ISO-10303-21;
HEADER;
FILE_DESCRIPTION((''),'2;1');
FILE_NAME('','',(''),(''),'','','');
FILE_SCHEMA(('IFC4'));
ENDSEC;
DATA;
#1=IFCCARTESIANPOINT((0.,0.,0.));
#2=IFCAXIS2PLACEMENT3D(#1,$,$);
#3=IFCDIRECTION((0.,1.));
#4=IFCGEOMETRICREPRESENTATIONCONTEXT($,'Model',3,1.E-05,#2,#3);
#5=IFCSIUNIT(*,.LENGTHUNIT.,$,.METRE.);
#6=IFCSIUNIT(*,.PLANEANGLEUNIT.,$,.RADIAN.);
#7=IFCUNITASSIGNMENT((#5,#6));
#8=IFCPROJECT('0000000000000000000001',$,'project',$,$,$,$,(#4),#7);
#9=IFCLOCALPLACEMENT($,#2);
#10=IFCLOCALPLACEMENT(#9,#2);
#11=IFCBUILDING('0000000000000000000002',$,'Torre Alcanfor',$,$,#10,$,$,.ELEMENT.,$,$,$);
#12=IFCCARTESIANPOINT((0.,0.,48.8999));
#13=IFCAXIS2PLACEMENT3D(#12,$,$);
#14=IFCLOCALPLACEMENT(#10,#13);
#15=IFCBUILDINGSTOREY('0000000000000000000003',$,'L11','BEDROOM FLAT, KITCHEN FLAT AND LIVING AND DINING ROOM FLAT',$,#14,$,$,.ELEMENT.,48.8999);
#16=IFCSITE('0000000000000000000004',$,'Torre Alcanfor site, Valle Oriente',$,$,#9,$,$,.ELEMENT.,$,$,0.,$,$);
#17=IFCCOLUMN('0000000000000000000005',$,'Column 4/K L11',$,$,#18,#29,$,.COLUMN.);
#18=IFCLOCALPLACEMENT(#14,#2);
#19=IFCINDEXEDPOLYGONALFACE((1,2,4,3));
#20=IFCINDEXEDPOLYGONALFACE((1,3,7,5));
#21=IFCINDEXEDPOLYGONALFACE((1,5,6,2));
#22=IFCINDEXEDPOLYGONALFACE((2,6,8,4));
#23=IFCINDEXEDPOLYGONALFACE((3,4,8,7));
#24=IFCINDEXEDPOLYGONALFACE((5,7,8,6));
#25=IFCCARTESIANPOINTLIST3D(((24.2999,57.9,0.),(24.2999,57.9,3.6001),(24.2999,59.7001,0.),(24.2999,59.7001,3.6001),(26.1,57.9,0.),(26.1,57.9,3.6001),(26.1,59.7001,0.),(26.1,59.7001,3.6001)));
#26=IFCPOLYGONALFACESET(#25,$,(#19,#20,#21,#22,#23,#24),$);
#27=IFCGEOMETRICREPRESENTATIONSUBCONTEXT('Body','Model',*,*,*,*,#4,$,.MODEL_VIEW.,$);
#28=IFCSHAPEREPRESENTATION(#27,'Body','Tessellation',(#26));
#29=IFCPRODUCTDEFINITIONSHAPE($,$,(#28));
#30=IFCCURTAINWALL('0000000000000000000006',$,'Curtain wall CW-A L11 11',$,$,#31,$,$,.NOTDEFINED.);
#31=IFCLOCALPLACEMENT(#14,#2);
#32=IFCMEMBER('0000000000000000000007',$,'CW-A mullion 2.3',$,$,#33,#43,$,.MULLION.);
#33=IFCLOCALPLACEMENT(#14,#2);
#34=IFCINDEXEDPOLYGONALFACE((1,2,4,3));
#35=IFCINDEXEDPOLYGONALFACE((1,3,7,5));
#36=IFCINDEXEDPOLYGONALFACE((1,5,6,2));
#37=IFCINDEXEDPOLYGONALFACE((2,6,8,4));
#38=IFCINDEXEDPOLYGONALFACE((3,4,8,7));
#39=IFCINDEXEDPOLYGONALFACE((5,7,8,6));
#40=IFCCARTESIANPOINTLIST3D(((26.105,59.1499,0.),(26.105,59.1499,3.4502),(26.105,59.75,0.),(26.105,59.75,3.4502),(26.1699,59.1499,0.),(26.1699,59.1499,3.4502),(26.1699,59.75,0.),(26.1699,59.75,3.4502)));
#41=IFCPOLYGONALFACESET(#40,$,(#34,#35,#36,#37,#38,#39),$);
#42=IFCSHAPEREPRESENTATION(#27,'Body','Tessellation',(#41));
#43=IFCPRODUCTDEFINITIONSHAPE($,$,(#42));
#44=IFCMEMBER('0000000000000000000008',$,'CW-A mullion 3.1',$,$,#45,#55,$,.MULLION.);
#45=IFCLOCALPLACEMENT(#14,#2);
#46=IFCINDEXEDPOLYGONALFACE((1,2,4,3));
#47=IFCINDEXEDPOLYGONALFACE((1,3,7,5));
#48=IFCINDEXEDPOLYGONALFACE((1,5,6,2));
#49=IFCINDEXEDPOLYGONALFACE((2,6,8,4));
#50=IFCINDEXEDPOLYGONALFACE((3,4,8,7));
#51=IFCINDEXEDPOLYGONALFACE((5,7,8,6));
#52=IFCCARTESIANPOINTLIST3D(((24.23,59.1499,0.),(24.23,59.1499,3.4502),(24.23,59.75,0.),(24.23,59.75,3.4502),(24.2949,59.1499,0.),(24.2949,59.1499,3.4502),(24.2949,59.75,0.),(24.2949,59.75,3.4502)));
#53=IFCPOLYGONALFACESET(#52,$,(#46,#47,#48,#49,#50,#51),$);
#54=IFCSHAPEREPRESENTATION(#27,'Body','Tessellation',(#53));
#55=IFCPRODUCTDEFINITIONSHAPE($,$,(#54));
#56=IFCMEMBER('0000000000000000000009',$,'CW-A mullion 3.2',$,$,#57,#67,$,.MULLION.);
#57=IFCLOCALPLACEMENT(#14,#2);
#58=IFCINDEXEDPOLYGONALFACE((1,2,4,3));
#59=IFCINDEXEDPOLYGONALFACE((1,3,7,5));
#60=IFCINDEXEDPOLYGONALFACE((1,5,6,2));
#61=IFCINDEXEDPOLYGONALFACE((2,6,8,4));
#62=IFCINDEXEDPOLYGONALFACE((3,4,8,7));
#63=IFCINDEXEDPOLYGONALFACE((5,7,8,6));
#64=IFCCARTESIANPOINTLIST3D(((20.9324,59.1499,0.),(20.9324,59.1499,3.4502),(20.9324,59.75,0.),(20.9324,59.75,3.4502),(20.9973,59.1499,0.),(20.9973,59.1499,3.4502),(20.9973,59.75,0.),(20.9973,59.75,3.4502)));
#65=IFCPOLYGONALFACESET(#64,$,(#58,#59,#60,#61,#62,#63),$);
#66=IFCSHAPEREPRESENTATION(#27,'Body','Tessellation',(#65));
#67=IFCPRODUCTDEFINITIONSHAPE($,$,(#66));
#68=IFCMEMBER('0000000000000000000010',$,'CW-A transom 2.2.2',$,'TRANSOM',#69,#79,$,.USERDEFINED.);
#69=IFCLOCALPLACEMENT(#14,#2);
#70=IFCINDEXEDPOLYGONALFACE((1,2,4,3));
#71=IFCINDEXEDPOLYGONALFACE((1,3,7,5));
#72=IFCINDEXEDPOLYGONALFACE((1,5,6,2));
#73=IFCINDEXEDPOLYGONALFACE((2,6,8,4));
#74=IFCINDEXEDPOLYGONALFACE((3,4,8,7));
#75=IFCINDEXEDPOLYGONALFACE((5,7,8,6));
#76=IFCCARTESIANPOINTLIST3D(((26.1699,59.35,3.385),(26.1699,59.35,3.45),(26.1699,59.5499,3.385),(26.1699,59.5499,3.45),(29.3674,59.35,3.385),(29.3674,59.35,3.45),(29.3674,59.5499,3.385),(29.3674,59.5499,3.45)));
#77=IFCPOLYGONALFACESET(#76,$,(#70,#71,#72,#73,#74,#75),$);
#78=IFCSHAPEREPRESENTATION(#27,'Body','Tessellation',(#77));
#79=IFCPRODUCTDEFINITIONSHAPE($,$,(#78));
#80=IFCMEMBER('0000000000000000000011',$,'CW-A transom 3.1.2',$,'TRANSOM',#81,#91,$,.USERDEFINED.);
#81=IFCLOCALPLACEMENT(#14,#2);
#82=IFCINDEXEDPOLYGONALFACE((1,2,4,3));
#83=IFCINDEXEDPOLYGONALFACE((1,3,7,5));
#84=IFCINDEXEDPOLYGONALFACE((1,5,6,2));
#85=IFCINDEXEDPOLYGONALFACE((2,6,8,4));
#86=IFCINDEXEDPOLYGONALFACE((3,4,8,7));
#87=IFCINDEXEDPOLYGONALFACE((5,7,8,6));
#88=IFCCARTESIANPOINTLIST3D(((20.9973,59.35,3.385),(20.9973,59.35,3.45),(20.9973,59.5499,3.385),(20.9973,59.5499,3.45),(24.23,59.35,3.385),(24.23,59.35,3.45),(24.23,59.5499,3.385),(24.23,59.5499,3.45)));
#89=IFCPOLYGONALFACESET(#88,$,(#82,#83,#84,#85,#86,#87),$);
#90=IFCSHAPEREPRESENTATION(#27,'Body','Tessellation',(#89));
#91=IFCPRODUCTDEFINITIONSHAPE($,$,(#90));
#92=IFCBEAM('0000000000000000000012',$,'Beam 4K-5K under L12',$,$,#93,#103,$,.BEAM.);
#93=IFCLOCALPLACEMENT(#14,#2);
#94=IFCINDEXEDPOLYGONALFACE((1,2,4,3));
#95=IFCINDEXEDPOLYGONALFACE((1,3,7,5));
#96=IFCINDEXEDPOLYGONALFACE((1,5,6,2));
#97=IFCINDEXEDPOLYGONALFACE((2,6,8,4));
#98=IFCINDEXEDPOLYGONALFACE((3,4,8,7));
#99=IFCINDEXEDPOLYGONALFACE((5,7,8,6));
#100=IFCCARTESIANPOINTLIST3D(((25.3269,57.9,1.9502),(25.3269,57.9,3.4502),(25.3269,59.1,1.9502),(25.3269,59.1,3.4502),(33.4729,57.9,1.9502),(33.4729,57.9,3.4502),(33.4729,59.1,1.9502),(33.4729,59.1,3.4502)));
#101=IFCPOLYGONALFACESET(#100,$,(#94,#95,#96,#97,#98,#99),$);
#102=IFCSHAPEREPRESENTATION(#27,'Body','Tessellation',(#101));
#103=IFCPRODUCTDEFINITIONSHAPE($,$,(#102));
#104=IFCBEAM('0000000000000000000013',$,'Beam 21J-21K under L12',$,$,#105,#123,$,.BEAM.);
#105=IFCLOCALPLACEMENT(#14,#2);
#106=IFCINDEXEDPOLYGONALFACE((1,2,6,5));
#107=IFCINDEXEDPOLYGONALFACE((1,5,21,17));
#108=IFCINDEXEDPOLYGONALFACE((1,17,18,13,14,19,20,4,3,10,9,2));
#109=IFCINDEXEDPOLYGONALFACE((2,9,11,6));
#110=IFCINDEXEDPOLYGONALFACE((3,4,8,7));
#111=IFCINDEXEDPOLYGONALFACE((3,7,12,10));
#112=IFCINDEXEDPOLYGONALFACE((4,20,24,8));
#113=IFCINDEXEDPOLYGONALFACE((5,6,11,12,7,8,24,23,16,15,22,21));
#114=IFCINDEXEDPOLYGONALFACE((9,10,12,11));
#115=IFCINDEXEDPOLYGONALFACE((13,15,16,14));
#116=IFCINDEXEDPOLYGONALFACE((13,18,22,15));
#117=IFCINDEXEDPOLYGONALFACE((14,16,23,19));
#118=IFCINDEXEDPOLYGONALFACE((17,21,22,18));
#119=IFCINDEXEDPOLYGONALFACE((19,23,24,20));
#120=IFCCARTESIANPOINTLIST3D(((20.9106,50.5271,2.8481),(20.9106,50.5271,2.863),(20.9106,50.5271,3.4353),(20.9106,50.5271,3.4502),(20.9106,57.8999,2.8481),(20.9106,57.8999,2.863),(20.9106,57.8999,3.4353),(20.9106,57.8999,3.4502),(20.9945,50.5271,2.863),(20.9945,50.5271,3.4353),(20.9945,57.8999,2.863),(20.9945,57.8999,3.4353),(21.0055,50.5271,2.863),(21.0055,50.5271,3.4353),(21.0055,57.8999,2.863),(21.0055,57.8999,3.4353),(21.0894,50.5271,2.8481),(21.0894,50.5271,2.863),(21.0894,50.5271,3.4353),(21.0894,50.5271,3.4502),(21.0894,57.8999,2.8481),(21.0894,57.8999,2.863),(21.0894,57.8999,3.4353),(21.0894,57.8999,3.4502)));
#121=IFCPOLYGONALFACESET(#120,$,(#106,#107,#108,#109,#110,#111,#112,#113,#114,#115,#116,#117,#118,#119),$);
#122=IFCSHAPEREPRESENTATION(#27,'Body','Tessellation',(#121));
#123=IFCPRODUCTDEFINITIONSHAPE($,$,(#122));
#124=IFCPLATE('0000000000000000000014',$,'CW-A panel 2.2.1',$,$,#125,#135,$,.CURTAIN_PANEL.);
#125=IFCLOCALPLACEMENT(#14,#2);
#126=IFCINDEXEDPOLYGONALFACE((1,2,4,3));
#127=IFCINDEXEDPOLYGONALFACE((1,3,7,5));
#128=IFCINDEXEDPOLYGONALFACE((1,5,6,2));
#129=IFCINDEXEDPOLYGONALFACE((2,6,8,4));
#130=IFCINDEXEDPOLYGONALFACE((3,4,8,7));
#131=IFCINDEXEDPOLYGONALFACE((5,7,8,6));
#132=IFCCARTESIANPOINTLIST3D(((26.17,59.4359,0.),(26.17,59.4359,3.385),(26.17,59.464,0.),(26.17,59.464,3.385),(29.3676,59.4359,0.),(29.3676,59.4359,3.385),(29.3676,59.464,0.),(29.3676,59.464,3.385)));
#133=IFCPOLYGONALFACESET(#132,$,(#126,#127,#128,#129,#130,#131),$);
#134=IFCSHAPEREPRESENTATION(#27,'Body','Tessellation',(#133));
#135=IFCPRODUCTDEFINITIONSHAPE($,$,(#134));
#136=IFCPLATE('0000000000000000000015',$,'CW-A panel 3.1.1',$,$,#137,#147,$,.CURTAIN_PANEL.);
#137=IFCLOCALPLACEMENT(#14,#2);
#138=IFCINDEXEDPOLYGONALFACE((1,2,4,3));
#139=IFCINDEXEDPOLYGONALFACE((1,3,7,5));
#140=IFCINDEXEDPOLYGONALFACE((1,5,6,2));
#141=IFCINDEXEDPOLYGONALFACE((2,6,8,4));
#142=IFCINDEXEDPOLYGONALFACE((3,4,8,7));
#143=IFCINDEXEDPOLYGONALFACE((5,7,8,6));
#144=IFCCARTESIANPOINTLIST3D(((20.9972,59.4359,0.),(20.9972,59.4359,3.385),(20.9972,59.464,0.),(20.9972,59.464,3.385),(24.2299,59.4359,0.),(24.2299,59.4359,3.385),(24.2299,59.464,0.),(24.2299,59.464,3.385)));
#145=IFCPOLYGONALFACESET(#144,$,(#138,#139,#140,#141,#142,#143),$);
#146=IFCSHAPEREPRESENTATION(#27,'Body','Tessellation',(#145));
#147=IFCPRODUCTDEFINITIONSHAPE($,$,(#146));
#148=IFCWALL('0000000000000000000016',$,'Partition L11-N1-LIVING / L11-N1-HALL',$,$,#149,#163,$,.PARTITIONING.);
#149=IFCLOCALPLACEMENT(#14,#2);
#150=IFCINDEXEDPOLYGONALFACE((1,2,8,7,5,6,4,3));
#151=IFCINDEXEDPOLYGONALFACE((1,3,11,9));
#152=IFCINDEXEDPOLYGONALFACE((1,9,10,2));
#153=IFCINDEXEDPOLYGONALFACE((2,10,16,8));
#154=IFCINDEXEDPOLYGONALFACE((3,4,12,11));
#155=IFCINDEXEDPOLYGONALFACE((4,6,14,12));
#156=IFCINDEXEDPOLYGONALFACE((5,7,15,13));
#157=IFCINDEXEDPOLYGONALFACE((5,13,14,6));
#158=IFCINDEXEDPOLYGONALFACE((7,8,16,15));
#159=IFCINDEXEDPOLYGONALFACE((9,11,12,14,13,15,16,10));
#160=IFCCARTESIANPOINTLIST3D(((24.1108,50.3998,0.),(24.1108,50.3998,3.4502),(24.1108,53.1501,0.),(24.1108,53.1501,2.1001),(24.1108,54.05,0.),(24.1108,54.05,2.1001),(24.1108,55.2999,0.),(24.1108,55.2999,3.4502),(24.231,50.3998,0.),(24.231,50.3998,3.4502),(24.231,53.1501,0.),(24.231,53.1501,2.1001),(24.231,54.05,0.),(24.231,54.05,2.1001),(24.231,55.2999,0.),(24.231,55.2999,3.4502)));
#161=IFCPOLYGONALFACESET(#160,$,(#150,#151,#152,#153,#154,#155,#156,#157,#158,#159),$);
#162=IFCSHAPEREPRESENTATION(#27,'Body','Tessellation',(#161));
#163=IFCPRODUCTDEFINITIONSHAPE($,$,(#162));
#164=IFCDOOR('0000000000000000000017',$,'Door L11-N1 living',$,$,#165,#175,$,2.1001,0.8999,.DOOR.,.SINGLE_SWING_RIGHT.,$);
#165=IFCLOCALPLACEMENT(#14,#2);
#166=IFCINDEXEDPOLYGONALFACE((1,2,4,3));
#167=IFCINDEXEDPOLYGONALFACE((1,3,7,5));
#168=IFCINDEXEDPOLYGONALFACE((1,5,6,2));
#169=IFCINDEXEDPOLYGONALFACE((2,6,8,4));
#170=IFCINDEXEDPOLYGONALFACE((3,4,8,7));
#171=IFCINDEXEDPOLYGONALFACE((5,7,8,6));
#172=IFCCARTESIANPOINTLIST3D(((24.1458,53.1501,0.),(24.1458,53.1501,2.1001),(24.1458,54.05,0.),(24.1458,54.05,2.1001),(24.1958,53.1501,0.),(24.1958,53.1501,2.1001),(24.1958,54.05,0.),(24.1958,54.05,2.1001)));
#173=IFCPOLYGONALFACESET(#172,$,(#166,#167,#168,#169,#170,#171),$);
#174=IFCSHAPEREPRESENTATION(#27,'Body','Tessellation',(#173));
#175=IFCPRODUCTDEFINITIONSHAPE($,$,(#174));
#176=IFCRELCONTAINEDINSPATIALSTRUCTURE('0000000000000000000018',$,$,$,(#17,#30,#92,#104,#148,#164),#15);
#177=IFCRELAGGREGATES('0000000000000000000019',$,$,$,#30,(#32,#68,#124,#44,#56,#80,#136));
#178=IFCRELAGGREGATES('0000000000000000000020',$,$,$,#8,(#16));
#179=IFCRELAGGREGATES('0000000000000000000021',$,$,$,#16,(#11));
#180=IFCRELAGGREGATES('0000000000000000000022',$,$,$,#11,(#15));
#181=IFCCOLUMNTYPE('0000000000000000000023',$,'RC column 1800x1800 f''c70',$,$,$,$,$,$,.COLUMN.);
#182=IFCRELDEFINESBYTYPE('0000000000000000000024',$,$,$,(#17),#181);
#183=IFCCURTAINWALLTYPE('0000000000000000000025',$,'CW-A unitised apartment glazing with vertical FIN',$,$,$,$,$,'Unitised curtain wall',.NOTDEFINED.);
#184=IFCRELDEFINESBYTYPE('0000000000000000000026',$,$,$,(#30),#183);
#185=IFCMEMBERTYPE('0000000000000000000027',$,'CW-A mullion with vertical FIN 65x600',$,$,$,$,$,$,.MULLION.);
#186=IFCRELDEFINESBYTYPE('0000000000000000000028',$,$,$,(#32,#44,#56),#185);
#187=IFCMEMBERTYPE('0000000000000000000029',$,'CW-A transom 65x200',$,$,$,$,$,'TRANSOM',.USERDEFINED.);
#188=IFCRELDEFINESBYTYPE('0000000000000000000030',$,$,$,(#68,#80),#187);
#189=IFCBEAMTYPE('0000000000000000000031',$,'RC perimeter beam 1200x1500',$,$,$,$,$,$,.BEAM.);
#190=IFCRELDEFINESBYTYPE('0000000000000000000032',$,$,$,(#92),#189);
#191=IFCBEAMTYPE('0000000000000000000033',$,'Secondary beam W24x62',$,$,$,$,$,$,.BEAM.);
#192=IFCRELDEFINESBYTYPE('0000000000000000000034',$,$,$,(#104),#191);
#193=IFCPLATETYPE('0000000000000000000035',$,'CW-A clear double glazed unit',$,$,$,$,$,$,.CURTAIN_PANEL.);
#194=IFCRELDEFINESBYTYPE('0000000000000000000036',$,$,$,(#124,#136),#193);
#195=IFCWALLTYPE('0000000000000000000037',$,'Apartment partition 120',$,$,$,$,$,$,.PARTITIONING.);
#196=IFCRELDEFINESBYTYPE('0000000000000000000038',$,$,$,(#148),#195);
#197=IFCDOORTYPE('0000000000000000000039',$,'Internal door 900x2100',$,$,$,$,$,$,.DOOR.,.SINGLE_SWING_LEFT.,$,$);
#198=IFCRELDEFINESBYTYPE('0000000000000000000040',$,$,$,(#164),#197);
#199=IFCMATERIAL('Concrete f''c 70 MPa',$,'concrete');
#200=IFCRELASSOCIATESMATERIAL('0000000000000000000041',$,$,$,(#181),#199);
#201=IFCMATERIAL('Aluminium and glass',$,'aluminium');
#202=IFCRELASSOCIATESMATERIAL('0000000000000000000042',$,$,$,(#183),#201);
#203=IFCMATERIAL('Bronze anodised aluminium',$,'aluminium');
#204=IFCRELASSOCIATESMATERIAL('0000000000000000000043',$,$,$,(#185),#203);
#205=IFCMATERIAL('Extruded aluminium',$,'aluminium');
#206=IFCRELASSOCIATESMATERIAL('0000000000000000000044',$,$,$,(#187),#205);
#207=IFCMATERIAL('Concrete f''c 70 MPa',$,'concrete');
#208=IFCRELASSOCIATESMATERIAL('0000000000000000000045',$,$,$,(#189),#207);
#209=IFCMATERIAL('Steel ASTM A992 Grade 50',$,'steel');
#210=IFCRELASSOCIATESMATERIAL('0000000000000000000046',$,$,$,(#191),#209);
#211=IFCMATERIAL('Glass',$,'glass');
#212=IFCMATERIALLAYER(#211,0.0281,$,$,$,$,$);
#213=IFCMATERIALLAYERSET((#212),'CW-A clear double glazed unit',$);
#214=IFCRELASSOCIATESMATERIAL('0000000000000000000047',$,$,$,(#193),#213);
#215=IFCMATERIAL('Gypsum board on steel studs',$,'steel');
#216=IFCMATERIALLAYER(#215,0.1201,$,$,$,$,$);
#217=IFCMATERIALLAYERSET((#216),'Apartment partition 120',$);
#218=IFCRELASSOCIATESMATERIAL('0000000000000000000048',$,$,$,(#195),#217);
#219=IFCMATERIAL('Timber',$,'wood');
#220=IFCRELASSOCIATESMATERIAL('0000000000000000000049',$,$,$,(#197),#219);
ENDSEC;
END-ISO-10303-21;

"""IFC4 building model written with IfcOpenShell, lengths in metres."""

from ifc_helpers import new_model, si_unit, direction, frame, frame_2d, origin, origin_2d, place, context, subcontext, project, spatial, rectangle, i_section, extrude, material, layer, layer_set, material_profile, profile_set, type_object, element, fill, aggregate, save


model = new_model("IFC4")

# Units and contexts
model_context = context("Model", 3, precision=1e-05, world=origin(), true_north=direction((0.0, 1.0)))
body_context = subcontext(model_context, "Body", "Model", "MODEL_VIEW")
ifc_project = project(units=[si_unit("LENGTHUNIT", "METRE"), si_unit("PLANEANGLEUNIT", "RADIAN")], contexts=[model_context])

# Site, building, storey
site_placement = place(None, origin())
site = spatial("IfcSite", under=ifc_project, at=site_placement, Name="Torre Alcanfor site, Valle Oriente", CompositionType="ELEMENT", RefElevation=0.0)
building_placement = place(site_placement, origin())
building = spatial("IfcBuilding", under=site, at=building_placement, Name="Torre Alcanfor", CompositionType="ELEMENT")
storey_placement = place(building_placement, frame((0.0, 0.0, 48.8999)))
storey = spatial("IfcBuildingStorey", under=building, at=storey_placement, Name="L11", Description="BEDROOM FLAT, KITCHEN FLAT AND LIVING AND DINING ROOM FLAT", CompositionType="ELEMENT", Elevation=48.8999)

# Column
ifc_material_1 = material(Name="Concrete f'c 70 MPa", Category="concrete")
ifc_material_profile_1 = material_profile(ifc_material_1, rectangle(XDim=1.8, YDim=1.8, at=origin_2d()), Name="1800x1800")
ifc_profile_set_1 = profile_set([ifc_material_profile_1], Name="Concrete f'c 70 MPa")
column_type = type_object("IfcColumnType", Name="RC column 1800x1800 f'c70", PredefinedType="COLUMN", material=ifc_profile_set_1)
column_placement = place(storey_placement, frame((25.2, 58.8, 0.0), z_axis=(0.0, 0.0, 1.0), x_axis=(1.0, 0.0, 0.0)))
element("IfcColumn", 1, at=column_placement, inside=storey, type_object=column_type, Name="Column 4/K L11", PredefinedType="COLUMN", context=body_context, shape_type="SweptSolid", body=[
    extrude(rectangle(XDim=1.8, YDim=1.8, at=origin_2d()), origin(), (0.0, 0.0, 1.0), 3.6001),
])

# Curtain wall, members
ifc_material_2 = material(Name="Aluminium and glass", Category="aluminium")
curtain_wall_type = type_object("IfcCurtainWallType", Name="CW-A unitised apartment glazing with vertical FIN", ElementType="Unitised curtain wall", PredefinedType="NOTDEFINED", material=ifc_material_2)
curtain_wall_placement = place(storey_placement, origin())
curtain_wall = element("IfcCurtainWall", 2, at=curtain_wall_placement, inside=storey, type_object=curtain_wall_type, Name="Curtain wall CW-A L11 11", PredefinedType="NOTDEFINED")
ifc_material_3 = material(Name="Bronze anodised aluminium", Category="aluminium")
ifc_material_profile_2 = material_profile(ifc_material_3, rectangle(XDim=0.6001, YDim=0.0649, at=origin_2d()), Name="CW-A mullion 65x600")
ifc_profile_set_2 = profile_set([ifc_material_profile_2], Name="Bronze anodised aluminium")
member_type_1 = type_object("IfcMemberType", Name="CW-A mullion with vertical FIN 65x600", PredefinedType="MULLION", material=ifc_profile_set_2)
member_1_placement = place(storey_placement, frame((26.1375, 59.45, 0.0), z_axis=(0.0, 0.0, 1.0), x_axis=(0.0, -1.0, 0.0)))
member_1 = element("IfcMember", 3, at=member_1_placement, type_object=member_type_1, Name="CW-A mullion 2.3", PredefinedType="MULLION", context=body_context, shape_type="SweptSolid", body=[
    extrude(rectangle(XDim=0.6001, YDim=0.0649, at=origin_2d()), origin(), (0.0, 0.0, 1.0), 3.4502),
])
member_2_placement = place(storey_placement, frame((24.2625, 59.45, 0.0), z_axis=(0.0, 0.0, 1.0), x_axis=(0.0, -1.0, 0.0)))
member_2 = element("IfcMember", 4, at=member_2_placement, type_object=member_type_1, Name="CW-A mullion 3.1", PredefinedType="MULLION", context=body_context, shape_type="SweptSolid", body=[
    extrude(rectangle(XDim=0.6001, YDim=0.0649, at=origin_2d()), origin(), (0.0, 0.0, 1.0), 3.4502),
])
member_3_placement = place(storey_placement, frame((20.9648, 59.45, 0.0), z_axis=(0.0, 0.0, 1.0), x_axis=(0.0, -1.0, 0.0)))
member_3 = element("IfcMember", 5, at=member_3_placement, type_object=member_type_1, Name="CW-A mullion 3.2", PredefinedType="MULLION", context=body_context, shape_type="SweptSolid", body=[
    extrude(rectangle(XDim=0.6001, YDim=0.0649, at=origin_2d()), origin(), (0.0, 0.0, 1.0), 3.4502),
])
ifc_material_4 = material(Name="Extruded aluminium", Category="aluminium")
ifc_material_profile_3 = material_profile(ifc_material_4, rectangle(XDim=0.2, YDim=0.0649, at=origin_2d()), Name="CW-A transom 200x65")
ifc_profile_set_3 = profile_set([ifc_material_profile_3], Name="Extruded aluminium")
member_type_2 = type_object("IfcMemberType", Name="CW-A transom 65x200", ElementType="TRANSOM", PredefinedType="USERDEFINED", material=ifc_profile_set_3)
member_4_placement = place(storey_placement, frame((29.3674, 59.45, 3.4175), z_axis=(-1.0, 0.0, 0.0), x_axis=(0.0, -1.0, 0.0)))
member_4 = element("IfcMember", 6, at=member_4_placement, type_object=member_type_2, Name="CW-A transom 2.2.2", ObjectType="TRANSOM", PredefinedType="USERDEFINED", context=body_context, shape_type="SweptSolid", body=[
    extrude(rectangle(XDim=0.2, YDim=0.0649, at=origin_2d()), origin(), (0.0, 0.0, 1.0), 3.1975),
])
member_5_placement = place(storey_placement, frame((24.23, 59.45, 3.4175), z_axis=(-1.0, 0.0, 0.0), x_axis=(0.0, -1.0, 0.0)))
member_5 = element("IfcMember", 7, at=member_5_placement, type_object=member_type_2, Name="CW-A transom 3.1.2", ObjectType="TRANSOM", PredefinedType="USERDEFINED", context=body_context, shape_type="SweptSolid", body=[
    extrude(rectangle(XDim=0.2, YDim=0.0649, at=origin_2d()), origin(), (0.0, 0.0, 1.0), 3.2327),
])

# Beams
ifc_material_5 = material(Name="Concrete f'c 70 MPa", Category="concrete")
ifc_material_profile_4 = material_profile(ifc_material_5, rectangle(XDim=1.2, YDim=1.5, at=origin_2d()), Name="1200x1500")
ifc_profile_set_4 = profile_set([ifc_material_profile_4], Name="Concrete f'c 70 MPa")
beam_type_1 = type_object("IfcBeamType", Name="RC perimeter beam 1200x1500", PredefinedType="BEAM", material=ifc_profile_set_4)
beam_1_placement = place(storey_placement, frame((25.3269, 58.5, 2.7002), z_axis=(1.0, 0.0, 0.0), x_axis=(0.0, 1.0, 0.0)))
element("IfcBeam", 8, at=beam_1_placement, inside=storey, type_object=beam_type_1, Name="Beam 4K-5K under L12", PredefinedType="BEAM", context=body_context, shape_type="SweptSolid", body=[
    extrude(rectangle(XDim=1.2, YDim=1.5, at=origin_2d()), origin(), (0.0, 0.0, 1.0), 8.146),
])
ifc_material_6 = material(Name="Steel ASTM A992 Grade 50", Category="steel")
ifc_material_profile_5 = material_profile(ifc_material_6, i_section(OverallWidth=0.1787, OverallDepth=0.6021, WebThickness=0.011, FlangeThickness=0.0149, at=origin_2d()), Name="W24x62")
ifc_profile_set_5 = profile_set([ifc_material_profile_5], Name="Steel ASTM A992 Grade 50")
beam_type_2 = type_object("IfcBeamType", Name="Secondary beam W24x62", PredefinedType="BEAM", material=ifc_profile_set_5)
beam_2_placement = place(storey_placement, frame((21.0, 50.5271, 3.1492), z_axis=(0.0, 1.0, 0.0), x_axis=(-1.0, 0.0, 0.0)))
element("IfcBeam", 9, at=beam_2_placement, inside=storey, type_object=beam_type_2, Name="Beam 21J-21K under L12", PredefinedType="BEAM", context=body_context, shape_type="SweptSolid", body=[
    extrude(i_section(OverallWidth=0.1787, OverallDepth=0.6021, WebThickness=0.011, FlangeThickness=0.0149, at=origin_2d()), origin(), (0.0, 0.0, 1.0), 7.3728),
])

# Plates
ifc_material_7 = material(Name="Glass", Category="glass")
ifc_layer_1 = layer(ifc_material_7, 0.0281)
ifc_layer_set_1 = layer_set([ifc_layer_1], Name="CW-A clear double glazed unit")
plate_type = type_object("IfcPlateType", Name="CW-A clear double glazed unit", PredefinedType="CURTAIN_PANEL", material=ifc_layer_set_1)
plate_1_placement = place(storey_placement, frame((27.7688, 59.45, 0.0), z_axis=(0.0, 0.0, 1.0), x_axis=(-1.0, 0.0, 0.0)))
plate_1 = element("IfcPlate", 10, at=plate_1_placement, type_object=plate_type, Name="CW-A panel 2.2.1", PredefinedType="CURTAIN_PANEL", context=body_context, shape_type="SweptSolid", body=[
    extrude(rectangle(XDim=3.1975, YDim=0.0281, at=origin_2d()), origin(), (0.0, 0.0, 1.0), 3.385),
])
plate_2_placement = place(storey_placement, frame((22.6135, 59.45, 0.0), z_axis=(0.0, 0.0, 1.0), x_axis=(-1.0, 0.0, 0.0)))
plate_2 = element("IfcPlate", 11, at=plate_2_placement, type_object=plate_type, Name="CW-A panel 3.1.1", PredefinedType="CURTAIN_PANEL", context=body_context, shape_type="SweptSolid", body=[
    extrude(rectangle(XDim=3.2327, YDim=0.0281, at=origin_2d()), origin(), (0.0, 0.0, 1.0), 3.385),
])
aggregate(curtain_wall, [member_1, member_4, plate_1, member_2, member_3, member_5, plate_2])

# Wall, opening, door
ifc_material_8 = material(Name="Gypsum board on steel studs", Category="steel")
ifc_layer_2 = layer(ifc_material_8, 0.1201)
ifc_layer_set_2 = layer_set([ifc_layer_2], Name="Apartment partition 120")
wall_type = type_object("IfcWallType", Name="Apartment partition 120", PredefinedType="PARTITIONING", material=ifc_layer_set_2)
wall_1_placement = place(storey_placement, frame((24.1709, 55.3, 0.0), z_axis=(0.0, 0.0, 1.0), x_axis=(0.0, -1.0, 0.0)))
wall_1 = element("IfcWall", 12, at=wall_1_placement, inside=storey, type_object=wall_type, Name="Partition L11-N1-LIVING / L11-N1-HALL", PredefinedType="PARTITIONING", context=body_context, shape_type="SweptSolid", body=[
    extrude(rectangle(XDim=4.9001, YDim=0.1201, at=frame_2d((2.4502, 0.0))), origin(), (0.0, 0.0, 1.0), 3.4502),
])
opening_1_placement = place(wall_1_placement, frame((1.25, 0.0, 0.0)))
opening_1 = element("IfcOpeningElement", 13, at=opening_1_placement, cuts=wall_1, PredefinedType="OPENING", context=body_context, shape_type="SweptSolid", body=[
    extrude(rectangle(XDim=0.8999, YDim=2.1001, at=frame_2d((0.45, 1.05))), frame((0.0, 0.0701, 0.0), z_axis=(0.0, -1.0, 0.0), x_axis=(1.0, 0.0, 0.0)), (0.0, 0.0, 1.0), 0.1401),
])
ifc_material_9 = material(Name="Timber", Category="wood")
door_type = type_object("IfcDoorType", Name="Internal door 900x2100", OperationType="SINGLE_SWING_LEFT", PredefinedType="DOOR", material=ifc_material_9)
door_1_placement = place(opening_1_placement, origin())
door_1 = element("IfcDoor", 14, at=door_1_placement, inside=storey, type_object=door_type, Name="Door L11-N1 living", OperationType="SINGLE_SWING_RIGHT", OverallHeight=2.1001, OverallWidth=0.8999, PredefinedType="DOOR", context=body_context, shape_type="SweptSolid", body=[
    extrude(rectangle(XDim=0.8999, YDim=2.1001, at=frame_2d((0.45, 1.05))), frame((0.0, 0.0249, 0.0), z_axis=(0.0, -1.0, 0.0), x_axis=(1.0, 0.0, 0.0)), (0.0, 0.0, 1.0), 0.05),
])
fill(opening_1, door_1)

save(model, "model.ifc")
